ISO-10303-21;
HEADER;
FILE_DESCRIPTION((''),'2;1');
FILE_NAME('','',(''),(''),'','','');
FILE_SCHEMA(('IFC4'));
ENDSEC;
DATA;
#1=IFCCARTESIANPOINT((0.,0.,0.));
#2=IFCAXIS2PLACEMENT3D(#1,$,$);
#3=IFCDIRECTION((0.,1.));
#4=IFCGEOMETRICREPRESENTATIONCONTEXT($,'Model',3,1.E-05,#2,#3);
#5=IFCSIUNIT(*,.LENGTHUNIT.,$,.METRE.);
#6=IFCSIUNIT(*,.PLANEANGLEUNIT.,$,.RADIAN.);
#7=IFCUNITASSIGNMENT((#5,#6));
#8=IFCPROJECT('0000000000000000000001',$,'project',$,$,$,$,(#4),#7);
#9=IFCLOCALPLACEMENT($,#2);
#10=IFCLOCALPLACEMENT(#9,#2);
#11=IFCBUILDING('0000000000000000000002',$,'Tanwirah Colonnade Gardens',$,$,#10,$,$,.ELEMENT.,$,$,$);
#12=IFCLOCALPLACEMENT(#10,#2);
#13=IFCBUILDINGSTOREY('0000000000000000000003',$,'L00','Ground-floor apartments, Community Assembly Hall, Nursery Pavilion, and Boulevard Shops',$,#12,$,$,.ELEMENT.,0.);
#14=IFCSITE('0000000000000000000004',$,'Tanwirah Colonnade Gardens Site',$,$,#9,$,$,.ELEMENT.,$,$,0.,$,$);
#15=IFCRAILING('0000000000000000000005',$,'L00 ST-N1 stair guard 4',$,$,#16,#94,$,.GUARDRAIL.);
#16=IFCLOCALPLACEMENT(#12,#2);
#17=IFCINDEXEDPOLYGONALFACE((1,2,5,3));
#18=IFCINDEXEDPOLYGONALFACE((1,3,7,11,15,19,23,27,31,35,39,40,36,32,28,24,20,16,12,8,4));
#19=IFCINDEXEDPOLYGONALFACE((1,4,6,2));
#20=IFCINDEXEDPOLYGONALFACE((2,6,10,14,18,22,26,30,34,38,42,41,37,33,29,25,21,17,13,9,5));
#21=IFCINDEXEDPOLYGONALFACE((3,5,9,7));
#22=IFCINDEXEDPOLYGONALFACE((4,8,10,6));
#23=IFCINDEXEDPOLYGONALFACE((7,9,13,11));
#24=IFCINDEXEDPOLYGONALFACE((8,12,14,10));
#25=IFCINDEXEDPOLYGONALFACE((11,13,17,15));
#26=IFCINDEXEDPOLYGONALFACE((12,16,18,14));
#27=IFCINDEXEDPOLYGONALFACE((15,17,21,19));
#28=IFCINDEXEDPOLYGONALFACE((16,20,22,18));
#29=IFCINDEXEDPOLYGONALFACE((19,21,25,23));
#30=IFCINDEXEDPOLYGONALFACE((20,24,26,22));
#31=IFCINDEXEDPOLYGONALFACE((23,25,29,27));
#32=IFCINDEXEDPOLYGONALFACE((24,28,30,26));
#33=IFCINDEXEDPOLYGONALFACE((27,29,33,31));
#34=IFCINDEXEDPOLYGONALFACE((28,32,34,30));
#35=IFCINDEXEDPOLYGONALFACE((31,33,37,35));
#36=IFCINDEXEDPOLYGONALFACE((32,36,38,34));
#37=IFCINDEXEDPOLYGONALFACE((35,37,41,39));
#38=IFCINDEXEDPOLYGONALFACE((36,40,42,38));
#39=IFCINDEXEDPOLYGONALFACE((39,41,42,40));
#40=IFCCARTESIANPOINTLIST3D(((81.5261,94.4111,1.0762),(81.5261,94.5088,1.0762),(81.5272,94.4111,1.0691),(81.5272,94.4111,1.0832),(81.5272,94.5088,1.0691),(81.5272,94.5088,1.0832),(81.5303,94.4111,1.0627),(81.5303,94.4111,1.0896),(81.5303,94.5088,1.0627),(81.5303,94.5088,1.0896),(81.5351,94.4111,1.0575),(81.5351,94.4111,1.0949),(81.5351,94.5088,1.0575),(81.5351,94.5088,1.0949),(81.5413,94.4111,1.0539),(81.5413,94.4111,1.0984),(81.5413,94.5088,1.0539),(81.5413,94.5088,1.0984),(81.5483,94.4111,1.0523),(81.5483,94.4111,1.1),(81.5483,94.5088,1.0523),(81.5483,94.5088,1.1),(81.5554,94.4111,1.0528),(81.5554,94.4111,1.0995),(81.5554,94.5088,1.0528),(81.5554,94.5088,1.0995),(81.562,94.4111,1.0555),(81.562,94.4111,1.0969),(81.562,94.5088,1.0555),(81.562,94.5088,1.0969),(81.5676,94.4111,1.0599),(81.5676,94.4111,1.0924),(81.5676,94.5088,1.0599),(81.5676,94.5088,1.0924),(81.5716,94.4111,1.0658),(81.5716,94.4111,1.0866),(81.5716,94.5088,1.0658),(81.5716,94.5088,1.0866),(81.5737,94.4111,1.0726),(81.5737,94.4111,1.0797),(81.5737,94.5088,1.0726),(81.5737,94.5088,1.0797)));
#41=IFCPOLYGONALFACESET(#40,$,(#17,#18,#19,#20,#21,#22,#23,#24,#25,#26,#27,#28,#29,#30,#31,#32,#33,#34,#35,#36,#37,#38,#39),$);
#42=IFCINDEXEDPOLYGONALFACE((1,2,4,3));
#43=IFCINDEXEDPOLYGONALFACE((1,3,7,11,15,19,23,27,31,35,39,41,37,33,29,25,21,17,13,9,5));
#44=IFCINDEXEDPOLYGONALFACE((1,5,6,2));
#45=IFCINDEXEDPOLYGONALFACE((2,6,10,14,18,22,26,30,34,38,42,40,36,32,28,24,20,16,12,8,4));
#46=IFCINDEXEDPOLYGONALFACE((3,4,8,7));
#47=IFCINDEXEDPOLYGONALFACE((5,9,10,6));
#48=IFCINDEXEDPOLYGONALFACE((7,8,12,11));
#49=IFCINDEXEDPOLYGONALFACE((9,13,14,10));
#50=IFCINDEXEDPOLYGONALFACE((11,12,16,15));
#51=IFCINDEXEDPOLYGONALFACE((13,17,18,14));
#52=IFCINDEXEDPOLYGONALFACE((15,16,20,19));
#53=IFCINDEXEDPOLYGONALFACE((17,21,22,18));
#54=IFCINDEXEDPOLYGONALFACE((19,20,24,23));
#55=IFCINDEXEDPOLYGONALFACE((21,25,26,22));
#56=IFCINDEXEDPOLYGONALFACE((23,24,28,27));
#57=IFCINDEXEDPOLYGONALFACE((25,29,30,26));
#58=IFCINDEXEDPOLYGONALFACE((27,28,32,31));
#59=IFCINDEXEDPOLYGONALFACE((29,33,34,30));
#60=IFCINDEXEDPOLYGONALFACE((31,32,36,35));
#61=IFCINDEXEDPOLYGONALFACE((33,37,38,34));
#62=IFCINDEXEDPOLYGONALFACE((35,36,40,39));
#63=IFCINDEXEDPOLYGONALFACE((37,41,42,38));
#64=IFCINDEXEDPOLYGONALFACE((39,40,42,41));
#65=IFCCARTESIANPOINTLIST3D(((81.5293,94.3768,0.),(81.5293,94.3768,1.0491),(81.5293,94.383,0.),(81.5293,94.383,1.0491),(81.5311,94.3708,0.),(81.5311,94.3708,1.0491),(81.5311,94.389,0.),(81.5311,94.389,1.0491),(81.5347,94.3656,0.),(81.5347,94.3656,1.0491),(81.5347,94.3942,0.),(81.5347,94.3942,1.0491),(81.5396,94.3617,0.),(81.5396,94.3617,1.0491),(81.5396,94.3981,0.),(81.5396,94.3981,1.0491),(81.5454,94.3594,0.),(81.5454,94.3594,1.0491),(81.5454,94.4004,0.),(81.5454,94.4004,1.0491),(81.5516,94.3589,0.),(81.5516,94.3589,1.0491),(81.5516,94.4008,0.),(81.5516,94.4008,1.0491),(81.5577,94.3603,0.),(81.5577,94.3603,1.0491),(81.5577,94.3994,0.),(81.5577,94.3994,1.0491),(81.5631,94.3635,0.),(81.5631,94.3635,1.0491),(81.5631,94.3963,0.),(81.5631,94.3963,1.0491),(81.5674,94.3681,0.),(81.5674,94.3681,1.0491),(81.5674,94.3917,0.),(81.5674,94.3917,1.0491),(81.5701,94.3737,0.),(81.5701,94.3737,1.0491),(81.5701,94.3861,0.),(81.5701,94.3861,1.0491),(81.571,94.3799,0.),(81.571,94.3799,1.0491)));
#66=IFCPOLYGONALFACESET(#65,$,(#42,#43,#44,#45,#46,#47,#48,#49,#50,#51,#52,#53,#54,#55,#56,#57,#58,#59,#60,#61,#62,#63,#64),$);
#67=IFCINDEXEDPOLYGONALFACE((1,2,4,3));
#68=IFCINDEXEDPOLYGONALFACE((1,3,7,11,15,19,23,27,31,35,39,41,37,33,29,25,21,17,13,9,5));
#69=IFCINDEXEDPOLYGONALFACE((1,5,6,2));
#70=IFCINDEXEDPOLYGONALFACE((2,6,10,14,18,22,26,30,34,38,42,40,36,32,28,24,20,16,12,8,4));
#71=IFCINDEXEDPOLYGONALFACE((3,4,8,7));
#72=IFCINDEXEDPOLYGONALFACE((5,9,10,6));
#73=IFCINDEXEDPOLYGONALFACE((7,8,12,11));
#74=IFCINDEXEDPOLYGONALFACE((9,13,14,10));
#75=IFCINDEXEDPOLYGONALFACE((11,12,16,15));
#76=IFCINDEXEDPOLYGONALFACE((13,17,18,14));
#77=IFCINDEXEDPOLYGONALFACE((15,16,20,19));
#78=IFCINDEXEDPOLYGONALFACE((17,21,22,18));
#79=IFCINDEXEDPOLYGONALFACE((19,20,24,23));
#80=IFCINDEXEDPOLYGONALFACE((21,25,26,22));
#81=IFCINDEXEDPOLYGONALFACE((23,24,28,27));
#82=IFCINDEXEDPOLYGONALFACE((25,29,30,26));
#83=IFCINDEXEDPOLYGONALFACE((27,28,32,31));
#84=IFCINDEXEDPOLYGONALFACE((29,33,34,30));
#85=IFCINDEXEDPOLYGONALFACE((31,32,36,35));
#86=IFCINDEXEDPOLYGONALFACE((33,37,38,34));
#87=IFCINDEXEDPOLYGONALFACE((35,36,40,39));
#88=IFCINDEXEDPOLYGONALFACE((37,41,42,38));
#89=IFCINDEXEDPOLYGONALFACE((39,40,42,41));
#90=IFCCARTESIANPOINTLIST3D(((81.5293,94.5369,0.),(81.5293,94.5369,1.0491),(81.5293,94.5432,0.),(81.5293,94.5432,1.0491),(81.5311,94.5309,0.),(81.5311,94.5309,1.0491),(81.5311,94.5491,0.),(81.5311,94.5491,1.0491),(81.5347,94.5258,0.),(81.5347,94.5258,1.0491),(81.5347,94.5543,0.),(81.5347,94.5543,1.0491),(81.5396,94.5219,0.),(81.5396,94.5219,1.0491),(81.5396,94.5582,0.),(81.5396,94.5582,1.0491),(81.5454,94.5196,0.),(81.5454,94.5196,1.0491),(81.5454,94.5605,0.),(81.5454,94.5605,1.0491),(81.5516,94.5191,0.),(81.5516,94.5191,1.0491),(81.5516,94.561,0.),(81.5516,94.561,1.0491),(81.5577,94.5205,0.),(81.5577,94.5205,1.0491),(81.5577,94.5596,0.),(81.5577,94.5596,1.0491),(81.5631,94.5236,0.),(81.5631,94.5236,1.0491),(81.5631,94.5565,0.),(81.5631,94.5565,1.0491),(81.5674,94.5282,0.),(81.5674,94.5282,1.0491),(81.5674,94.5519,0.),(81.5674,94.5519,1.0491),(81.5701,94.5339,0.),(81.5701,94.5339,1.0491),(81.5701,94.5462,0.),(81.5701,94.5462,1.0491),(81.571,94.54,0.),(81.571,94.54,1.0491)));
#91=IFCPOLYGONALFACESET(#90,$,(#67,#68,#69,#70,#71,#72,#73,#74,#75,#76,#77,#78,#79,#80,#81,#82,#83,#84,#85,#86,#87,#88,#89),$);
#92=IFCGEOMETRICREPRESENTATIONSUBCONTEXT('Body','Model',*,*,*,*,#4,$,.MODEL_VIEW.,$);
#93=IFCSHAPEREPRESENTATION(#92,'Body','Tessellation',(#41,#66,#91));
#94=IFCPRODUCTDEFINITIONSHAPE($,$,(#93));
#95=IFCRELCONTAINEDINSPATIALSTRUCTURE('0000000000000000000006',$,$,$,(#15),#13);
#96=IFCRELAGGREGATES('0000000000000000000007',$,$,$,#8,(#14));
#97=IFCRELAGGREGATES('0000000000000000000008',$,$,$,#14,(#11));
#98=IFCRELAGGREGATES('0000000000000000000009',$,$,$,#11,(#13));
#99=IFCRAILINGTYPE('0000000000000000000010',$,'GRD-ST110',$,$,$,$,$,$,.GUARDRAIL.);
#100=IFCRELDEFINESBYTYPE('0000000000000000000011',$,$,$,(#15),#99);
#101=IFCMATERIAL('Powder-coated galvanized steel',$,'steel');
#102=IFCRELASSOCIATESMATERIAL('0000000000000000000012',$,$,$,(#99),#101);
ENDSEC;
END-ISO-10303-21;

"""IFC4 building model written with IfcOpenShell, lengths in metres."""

from ifc_helpers import new_model, si_unit, direction, frame, origin, origin_2d, place, context, subcontext, project, spatial, circle, extrude, material, type_object, element, save


model = new_model("IFC4")

# Units and contexts
model_context = context("Model", 3, precision=1e-05, world=origin(), true_north=direction((0.0, 1.0)))
body_context = subcontext(model_context, "Body", "Model", "MODEL_VIEW")
ifc_project = project(units=[si_unit("LENGTHUNIT", "METRE"), si_unit("PLANEANGLEUNIT", "RADIAN")], contexts=[model_context])

# Site, building, storey
site_placement = place(None, origin())
site = spatial("IfcSite", under=ifc_project, at=site_placement, Name="Tanwirah Colonnade Gardens Site", CompositionType="ELEMENT", RefElevation=0.0)
building_placement = place(site_placement, origin())
building = spatial("IfcBuilding", under=site, at=building_placement, Name="Tanwirah Colonnade Gardens", CompositionType="ELEMENT")
storey_placement = place(building_placement, origin())
storey = spatial("IfcBuildingStorey", under=building, at=storey_placement, Name="L00", Description="Ground-floor apartments, Community Assembly Hall, Nursery Pavilion, and Boulevard Shops", CompositionType="ELEMENT", Elevation=0.0)

# Railing
ifc_material_1 = material(Name="Powder-coated galvanized steel", Category="steel")
railing_type_1 = type_object("IfcRailingType", Name="GRD-ST110", PredefinedType="GUARDRAIL", material=ifc_material_1)
railing_1_placement = place(storey_placement, frame((81.55, 94.3799, 0.0)))
element("IfcRailing", 1, at=railing_1_placement, inside=storey, type_object=railing_type_1, Name="L00 ST-N1 stair guard 4", PredefinedType="GUARDRAIL", context=body_context, shape_type="SweptSolid", body=[
    extrude(circle(Radius=0.0239, at=origin_2d()), frame((0.0, 0.0312, 1.0762), z_axis=(0.0, 1.0, 0.0), x_axis=(-1.0, 0.0, 0.0)), (0.0, 0.0, 1.0), 0.0977),
    extrude(circle(Radius=0.021, at=origin_2d()), origin(), (0.0, 0.0, 1.0), 1.0491),
    extrude(circle(Radius=0.021, at=origin_2d()), frame((0.0, 0.1602, 0.0)), (0.0, 0.0, 1.0), 1.0491),
])

save(model, "model.ifc")
